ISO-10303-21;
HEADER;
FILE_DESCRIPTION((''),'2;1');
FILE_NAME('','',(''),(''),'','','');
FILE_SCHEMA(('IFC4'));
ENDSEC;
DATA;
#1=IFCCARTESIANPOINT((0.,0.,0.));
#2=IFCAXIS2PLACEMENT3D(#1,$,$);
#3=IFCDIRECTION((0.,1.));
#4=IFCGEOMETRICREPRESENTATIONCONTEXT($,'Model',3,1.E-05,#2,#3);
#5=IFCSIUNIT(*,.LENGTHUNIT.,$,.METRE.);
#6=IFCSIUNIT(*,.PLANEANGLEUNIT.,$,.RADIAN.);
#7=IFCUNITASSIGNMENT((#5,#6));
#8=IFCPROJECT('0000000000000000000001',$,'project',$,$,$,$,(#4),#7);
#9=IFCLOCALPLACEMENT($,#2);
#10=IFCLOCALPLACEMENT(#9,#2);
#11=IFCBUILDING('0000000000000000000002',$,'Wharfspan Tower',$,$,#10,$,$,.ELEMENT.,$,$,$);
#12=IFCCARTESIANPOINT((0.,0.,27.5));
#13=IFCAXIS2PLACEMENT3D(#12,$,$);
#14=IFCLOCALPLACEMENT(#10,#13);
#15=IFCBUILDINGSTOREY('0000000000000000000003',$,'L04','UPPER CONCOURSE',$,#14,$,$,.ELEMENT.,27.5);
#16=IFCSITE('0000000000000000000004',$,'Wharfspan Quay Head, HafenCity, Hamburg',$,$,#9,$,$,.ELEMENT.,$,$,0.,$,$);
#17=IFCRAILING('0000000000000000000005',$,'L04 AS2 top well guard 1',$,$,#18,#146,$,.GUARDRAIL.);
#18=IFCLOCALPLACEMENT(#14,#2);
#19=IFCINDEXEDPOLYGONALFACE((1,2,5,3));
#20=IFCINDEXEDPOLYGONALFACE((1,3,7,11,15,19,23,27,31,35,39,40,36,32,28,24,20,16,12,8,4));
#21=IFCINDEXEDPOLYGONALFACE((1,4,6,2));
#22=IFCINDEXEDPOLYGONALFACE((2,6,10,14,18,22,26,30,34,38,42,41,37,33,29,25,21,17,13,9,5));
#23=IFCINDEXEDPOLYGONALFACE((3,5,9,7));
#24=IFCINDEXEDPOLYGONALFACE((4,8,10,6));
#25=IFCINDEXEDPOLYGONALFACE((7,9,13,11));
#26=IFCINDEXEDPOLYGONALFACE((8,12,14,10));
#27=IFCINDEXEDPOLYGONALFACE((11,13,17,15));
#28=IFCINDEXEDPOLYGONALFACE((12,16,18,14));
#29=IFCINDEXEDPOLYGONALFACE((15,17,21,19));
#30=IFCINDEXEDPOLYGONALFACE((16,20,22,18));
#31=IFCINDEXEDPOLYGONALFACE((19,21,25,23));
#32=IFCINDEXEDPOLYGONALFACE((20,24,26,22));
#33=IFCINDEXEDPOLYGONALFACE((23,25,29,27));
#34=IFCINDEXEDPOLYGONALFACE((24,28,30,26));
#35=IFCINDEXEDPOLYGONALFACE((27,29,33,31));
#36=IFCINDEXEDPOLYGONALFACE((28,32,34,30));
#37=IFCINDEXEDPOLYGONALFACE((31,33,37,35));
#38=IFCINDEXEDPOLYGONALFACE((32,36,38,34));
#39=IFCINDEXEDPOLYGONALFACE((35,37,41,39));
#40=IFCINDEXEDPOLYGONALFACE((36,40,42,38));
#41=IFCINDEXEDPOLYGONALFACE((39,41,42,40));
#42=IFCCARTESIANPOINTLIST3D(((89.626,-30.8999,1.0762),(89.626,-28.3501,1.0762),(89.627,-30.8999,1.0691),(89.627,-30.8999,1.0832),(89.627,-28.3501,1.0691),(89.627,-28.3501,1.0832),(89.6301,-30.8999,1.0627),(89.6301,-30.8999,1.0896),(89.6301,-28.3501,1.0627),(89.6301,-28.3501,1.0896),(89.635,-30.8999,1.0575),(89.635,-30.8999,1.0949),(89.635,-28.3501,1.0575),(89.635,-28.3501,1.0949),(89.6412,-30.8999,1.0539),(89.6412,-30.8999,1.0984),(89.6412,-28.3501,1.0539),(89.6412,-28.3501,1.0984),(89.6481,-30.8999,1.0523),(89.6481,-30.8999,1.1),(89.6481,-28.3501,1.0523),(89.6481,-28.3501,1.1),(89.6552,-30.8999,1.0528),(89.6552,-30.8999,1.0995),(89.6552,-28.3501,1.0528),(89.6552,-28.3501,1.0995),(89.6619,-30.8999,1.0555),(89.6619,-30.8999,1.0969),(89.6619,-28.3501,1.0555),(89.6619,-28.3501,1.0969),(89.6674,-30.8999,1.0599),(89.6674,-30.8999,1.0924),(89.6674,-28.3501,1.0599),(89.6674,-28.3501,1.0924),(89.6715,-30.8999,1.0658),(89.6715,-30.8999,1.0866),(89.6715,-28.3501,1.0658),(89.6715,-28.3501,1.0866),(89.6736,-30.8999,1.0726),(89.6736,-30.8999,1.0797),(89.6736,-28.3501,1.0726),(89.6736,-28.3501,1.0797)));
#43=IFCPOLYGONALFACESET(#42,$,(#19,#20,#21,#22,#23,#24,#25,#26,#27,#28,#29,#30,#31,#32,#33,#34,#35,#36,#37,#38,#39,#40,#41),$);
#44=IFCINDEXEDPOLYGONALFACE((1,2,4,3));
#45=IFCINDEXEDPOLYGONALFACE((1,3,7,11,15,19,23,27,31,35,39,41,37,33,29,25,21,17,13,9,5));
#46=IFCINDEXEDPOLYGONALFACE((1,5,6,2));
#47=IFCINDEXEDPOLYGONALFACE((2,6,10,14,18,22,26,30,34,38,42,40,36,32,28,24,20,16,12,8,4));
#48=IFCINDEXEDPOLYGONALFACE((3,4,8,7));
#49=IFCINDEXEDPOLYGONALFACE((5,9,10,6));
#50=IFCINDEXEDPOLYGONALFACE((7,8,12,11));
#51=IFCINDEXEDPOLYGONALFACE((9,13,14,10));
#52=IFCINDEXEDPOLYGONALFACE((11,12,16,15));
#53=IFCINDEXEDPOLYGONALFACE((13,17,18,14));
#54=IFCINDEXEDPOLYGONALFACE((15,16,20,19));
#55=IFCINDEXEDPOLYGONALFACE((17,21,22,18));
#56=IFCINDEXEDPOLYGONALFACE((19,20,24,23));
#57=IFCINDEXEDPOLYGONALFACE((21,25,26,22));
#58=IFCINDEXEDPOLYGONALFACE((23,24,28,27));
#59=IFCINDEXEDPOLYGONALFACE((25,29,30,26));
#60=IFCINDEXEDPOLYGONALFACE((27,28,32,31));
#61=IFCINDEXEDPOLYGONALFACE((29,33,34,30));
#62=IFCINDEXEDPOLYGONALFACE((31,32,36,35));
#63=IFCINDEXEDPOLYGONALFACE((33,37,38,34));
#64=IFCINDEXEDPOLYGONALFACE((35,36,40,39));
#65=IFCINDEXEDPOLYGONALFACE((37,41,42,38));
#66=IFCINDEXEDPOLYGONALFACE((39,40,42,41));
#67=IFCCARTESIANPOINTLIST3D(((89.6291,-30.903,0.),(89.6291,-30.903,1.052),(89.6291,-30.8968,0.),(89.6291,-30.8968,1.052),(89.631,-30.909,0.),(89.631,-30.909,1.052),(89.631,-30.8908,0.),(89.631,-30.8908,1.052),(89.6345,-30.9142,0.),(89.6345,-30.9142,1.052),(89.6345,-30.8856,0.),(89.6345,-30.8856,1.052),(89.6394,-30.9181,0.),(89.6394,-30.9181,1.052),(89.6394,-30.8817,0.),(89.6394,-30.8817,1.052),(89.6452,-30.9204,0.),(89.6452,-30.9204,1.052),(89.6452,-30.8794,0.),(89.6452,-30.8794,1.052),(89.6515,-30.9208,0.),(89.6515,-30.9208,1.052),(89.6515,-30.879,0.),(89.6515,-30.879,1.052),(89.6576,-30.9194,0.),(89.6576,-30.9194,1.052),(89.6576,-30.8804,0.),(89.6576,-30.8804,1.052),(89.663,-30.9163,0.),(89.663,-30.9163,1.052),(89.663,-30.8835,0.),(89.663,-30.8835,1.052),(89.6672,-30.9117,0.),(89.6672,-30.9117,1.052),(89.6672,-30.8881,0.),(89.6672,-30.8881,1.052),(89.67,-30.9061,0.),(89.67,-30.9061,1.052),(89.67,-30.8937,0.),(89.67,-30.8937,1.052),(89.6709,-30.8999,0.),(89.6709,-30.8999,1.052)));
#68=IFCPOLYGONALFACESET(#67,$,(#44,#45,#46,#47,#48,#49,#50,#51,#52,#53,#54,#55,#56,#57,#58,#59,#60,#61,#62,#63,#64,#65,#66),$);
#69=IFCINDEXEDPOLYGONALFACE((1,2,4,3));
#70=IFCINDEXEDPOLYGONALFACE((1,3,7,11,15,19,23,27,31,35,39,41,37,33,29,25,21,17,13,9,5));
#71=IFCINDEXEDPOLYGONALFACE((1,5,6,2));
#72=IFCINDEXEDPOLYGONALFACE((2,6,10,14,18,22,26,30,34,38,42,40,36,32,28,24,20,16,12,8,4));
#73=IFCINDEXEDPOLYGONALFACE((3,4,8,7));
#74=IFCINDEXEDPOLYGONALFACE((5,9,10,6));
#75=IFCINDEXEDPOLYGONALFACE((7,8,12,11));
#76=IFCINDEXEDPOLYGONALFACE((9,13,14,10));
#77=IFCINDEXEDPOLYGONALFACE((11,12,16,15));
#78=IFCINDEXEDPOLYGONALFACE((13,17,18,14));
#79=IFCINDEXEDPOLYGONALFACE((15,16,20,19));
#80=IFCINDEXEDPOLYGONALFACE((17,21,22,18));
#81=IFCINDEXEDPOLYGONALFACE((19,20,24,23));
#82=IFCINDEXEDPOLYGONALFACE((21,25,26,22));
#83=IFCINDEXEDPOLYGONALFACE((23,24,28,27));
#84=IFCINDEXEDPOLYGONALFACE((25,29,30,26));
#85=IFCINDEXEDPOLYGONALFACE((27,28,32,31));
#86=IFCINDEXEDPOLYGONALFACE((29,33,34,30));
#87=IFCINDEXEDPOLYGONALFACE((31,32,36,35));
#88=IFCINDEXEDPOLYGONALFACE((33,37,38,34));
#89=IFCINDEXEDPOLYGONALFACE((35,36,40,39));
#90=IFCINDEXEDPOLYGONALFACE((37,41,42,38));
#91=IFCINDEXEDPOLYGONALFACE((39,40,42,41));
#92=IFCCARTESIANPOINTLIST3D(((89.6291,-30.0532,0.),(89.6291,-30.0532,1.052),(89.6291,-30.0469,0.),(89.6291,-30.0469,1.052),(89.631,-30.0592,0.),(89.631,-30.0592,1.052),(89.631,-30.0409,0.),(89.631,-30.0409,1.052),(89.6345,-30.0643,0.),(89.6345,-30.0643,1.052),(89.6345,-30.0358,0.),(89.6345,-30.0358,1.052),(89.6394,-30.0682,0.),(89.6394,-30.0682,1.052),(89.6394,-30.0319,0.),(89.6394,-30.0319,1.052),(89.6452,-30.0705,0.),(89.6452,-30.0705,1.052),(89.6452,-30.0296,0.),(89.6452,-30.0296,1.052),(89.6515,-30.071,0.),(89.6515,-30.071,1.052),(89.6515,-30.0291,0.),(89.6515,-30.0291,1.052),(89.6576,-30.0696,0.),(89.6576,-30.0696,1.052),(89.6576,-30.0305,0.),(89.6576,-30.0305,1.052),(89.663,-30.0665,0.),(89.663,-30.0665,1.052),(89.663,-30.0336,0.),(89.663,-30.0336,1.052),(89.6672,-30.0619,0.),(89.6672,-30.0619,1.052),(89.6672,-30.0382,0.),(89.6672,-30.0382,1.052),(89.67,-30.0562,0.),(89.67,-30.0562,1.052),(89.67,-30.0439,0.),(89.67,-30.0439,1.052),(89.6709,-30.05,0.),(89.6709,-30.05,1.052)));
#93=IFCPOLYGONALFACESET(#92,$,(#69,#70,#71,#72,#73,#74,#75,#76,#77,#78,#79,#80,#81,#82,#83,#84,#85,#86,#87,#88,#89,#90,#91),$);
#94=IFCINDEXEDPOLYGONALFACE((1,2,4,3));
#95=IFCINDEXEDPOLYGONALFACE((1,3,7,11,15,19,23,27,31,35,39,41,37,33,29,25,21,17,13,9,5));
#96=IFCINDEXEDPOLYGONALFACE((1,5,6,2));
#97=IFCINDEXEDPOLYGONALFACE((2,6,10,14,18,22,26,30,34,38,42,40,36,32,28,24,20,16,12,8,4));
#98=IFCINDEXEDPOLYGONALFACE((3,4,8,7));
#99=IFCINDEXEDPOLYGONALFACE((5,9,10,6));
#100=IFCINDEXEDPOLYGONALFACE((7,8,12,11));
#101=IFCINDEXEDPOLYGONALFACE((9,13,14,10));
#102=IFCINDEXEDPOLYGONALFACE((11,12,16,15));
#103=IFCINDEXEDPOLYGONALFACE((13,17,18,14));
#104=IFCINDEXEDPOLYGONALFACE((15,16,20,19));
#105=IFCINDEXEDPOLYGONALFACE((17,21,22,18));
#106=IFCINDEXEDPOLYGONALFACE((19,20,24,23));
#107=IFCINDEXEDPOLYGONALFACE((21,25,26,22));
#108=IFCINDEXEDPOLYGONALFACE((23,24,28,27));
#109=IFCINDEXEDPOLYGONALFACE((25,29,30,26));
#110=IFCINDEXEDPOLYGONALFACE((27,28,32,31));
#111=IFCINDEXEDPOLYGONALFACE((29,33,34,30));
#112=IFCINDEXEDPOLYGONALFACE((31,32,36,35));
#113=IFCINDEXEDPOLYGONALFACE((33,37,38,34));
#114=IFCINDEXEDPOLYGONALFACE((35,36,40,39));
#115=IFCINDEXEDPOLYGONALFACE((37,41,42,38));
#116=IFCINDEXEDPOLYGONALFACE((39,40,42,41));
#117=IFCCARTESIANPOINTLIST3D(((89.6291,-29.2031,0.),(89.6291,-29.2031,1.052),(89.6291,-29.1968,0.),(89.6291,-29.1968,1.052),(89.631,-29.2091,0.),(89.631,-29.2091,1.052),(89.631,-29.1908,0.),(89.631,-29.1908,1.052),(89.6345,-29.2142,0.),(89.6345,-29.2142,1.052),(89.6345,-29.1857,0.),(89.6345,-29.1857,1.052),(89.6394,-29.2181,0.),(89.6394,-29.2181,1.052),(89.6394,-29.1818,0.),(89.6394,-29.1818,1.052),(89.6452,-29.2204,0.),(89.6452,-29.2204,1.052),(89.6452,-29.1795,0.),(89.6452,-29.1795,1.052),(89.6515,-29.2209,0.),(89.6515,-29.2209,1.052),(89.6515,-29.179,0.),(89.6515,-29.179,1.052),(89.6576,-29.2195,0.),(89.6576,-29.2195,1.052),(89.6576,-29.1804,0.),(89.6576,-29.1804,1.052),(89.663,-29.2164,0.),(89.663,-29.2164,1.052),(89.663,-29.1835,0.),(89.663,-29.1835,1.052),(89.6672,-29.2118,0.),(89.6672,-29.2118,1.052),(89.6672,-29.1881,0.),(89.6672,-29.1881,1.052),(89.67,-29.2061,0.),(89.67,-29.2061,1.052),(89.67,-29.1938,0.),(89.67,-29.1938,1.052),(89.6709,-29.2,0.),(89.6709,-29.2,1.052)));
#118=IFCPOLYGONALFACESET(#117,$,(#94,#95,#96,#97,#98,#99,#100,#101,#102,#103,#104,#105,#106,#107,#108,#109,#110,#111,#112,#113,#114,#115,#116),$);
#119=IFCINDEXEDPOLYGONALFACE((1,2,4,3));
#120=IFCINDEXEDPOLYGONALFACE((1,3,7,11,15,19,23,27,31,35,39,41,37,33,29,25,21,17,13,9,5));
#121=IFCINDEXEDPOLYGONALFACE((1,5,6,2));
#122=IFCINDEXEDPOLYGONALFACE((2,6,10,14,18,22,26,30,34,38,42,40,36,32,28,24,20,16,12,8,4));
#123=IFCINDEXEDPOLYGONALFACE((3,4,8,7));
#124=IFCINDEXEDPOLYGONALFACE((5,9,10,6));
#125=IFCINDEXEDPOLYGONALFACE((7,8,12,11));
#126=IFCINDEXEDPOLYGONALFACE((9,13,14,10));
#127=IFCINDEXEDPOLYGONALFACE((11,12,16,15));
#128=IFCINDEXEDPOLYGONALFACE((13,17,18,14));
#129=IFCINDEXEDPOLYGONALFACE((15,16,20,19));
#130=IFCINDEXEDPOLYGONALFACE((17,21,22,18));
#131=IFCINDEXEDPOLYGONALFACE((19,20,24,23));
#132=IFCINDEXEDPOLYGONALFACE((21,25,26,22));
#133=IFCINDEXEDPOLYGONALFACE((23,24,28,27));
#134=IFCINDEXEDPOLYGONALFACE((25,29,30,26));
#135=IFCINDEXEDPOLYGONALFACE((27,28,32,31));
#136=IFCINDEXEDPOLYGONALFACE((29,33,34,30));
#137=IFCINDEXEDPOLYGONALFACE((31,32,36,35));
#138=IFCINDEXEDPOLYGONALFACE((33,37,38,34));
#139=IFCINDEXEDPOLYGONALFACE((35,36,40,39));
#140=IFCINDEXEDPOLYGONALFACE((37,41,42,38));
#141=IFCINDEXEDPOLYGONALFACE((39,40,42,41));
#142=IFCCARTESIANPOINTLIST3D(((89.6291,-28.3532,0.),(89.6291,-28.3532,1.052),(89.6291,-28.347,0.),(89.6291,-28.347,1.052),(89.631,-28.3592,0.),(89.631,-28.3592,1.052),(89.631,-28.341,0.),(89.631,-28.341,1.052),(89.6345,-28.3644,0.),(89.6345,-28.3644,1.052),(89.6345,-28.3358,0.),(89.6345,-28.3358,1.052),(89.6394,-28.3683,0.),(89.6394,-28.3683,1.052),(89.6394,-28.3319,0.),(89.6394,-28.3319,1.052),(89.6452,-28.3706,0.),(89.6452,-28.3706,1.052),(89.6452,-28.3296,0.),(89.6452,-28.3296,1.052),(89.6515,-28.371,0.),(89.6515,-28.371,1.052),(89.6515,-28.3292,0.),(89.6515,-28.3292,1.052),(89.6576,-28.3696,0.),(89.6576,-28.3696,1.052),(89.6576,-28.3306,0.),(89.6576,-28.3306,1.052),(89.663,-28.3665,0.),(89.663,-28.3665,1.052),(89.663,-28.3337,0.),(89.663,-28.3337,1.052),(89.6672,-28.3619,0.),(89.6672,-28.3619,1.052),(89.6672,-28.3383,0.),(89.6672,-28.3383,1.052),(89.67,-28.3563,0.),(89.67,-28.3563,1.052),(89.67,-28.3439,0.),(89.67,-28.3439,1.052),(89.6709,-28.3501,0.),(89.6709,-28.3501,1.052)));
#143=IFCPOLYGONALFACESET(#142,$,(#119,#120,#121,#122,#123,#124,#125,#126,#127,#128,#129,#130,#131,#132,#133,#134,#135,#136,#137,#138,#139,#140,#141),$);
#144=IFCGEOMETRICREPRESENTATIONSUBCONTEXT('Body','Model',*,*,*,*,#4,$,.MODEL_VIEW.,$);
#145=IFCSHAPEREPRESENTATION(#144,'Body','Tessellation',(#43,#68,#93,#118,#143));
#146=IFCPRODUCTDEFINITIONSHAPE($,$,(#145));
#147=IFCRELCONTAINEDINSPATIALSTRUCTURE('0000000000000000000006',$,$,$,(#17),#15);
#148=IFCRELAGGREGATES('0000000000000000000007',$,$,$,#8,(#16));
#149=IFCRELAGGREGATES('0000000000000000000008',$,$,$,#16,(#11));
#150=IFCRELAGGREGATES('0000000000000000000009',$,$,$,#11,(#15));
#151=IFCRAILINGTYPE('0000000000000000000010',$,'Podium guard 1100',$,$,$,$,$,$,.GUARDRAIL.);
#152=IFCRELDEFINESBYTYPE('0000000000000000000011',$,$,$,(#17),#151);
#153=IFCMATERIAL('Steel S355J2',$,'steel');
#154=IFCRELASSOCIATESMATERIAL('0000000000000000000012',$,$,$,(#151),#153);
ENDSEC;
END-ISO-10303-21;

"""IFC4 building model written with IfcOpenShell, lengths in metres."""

from ifc_helpers import new_model, si_unit, direction, frame, origin, origin_2d, place, context, subcontext, project, spatial, circle, extrude, material, type_object, element, save


model = new_model("IFC4")

# Units and contexts
model_context = context("Model", 3, precision=1e-05, world=origin(), true_north=direction((0.0, 1.0)))
body_context = subcontext(model_context, "Body", "Model", "MODEL_VIEW")
ifc_project = project(units=[si_unit("LENGTHUNIT", "METRE"), si_unit("PLANEANGLEUNIT", "RADIAN")], contexts=[model_context])

# Site, building, storey
site_placement = place(None, origin())
site = spatial("IfcSite", under=ifc_project, at=site_placement, Name="Wharfspan Quay Head, HafenCity, Hamburg", CompositionType="ELEMENT", RefElevation=0.0)
building_placement = place(site_placement, origin())
building = spatial("IfcBuilding", under=site, at=building_placement, Name="Wharfspan Tower", CompositionType="ELEMENT")
storey_placement = place(building_placement, frame((0.0, 0.0, 27.5)))
storey = spatial("IfcBuildingStorey", under=building, at=storey_placement, Name="L04", Description="UPPER CONCOURSE", CompositionType="ELEMENT", Elevation=27.5)

# Railing
ifc_material_1 = material(Name="Steel S355J2", Category="steel")
railing_type = type_object("IfcRailingType", Name="Podium guard 1100", PredefinedType="GUARDRAIL", material=ifc_material_1)
for number, where, name in (
    (1, (89.6499, -30.8999, 0.0), "L04 AS2 top well guard 1"),
):
    element("IfcRailing", number, at=place(storey_placement, frame(where)), inside=storey, type_object=railing_type, Name=name, PredefinedType="GUARDRAIL", context=body_context, shape_type="SweptSolid", body=[
        extrude(circle(Radius=0.0239, at=origin_2d()), frame((0.0, 0.0, 1.0762), z_axis=(0.0, 1.0, 0.0), x_axis=(-1.0, 0.0, 0.0)), (0.0, 0.0, 1.0), 2.5498),
        extrude(circle(Radius=0.021, at=origin_2d()), origin(), (0.0, 0.0, 1.0), 1.052),
        extrude(circle(Radius=0.021, at=origin_2d()), frame((0.0, 0.8499, 0.0)), (0.0, 0.0, 1.0), 1.052),
        extrude(circle(Radius=0.021, at=origin_2d()), frame((0.0, 1.7, 0.0)), (0.0, 0.0, 1.0), 1.052),
        extrude(circle(Radius=0.021, at=origin_2d()), frame((0.0, 2.5498, 0.0)), (0.0, 0.0, 1.0), 1.052),
    ])

save(model, "model.ifc")
